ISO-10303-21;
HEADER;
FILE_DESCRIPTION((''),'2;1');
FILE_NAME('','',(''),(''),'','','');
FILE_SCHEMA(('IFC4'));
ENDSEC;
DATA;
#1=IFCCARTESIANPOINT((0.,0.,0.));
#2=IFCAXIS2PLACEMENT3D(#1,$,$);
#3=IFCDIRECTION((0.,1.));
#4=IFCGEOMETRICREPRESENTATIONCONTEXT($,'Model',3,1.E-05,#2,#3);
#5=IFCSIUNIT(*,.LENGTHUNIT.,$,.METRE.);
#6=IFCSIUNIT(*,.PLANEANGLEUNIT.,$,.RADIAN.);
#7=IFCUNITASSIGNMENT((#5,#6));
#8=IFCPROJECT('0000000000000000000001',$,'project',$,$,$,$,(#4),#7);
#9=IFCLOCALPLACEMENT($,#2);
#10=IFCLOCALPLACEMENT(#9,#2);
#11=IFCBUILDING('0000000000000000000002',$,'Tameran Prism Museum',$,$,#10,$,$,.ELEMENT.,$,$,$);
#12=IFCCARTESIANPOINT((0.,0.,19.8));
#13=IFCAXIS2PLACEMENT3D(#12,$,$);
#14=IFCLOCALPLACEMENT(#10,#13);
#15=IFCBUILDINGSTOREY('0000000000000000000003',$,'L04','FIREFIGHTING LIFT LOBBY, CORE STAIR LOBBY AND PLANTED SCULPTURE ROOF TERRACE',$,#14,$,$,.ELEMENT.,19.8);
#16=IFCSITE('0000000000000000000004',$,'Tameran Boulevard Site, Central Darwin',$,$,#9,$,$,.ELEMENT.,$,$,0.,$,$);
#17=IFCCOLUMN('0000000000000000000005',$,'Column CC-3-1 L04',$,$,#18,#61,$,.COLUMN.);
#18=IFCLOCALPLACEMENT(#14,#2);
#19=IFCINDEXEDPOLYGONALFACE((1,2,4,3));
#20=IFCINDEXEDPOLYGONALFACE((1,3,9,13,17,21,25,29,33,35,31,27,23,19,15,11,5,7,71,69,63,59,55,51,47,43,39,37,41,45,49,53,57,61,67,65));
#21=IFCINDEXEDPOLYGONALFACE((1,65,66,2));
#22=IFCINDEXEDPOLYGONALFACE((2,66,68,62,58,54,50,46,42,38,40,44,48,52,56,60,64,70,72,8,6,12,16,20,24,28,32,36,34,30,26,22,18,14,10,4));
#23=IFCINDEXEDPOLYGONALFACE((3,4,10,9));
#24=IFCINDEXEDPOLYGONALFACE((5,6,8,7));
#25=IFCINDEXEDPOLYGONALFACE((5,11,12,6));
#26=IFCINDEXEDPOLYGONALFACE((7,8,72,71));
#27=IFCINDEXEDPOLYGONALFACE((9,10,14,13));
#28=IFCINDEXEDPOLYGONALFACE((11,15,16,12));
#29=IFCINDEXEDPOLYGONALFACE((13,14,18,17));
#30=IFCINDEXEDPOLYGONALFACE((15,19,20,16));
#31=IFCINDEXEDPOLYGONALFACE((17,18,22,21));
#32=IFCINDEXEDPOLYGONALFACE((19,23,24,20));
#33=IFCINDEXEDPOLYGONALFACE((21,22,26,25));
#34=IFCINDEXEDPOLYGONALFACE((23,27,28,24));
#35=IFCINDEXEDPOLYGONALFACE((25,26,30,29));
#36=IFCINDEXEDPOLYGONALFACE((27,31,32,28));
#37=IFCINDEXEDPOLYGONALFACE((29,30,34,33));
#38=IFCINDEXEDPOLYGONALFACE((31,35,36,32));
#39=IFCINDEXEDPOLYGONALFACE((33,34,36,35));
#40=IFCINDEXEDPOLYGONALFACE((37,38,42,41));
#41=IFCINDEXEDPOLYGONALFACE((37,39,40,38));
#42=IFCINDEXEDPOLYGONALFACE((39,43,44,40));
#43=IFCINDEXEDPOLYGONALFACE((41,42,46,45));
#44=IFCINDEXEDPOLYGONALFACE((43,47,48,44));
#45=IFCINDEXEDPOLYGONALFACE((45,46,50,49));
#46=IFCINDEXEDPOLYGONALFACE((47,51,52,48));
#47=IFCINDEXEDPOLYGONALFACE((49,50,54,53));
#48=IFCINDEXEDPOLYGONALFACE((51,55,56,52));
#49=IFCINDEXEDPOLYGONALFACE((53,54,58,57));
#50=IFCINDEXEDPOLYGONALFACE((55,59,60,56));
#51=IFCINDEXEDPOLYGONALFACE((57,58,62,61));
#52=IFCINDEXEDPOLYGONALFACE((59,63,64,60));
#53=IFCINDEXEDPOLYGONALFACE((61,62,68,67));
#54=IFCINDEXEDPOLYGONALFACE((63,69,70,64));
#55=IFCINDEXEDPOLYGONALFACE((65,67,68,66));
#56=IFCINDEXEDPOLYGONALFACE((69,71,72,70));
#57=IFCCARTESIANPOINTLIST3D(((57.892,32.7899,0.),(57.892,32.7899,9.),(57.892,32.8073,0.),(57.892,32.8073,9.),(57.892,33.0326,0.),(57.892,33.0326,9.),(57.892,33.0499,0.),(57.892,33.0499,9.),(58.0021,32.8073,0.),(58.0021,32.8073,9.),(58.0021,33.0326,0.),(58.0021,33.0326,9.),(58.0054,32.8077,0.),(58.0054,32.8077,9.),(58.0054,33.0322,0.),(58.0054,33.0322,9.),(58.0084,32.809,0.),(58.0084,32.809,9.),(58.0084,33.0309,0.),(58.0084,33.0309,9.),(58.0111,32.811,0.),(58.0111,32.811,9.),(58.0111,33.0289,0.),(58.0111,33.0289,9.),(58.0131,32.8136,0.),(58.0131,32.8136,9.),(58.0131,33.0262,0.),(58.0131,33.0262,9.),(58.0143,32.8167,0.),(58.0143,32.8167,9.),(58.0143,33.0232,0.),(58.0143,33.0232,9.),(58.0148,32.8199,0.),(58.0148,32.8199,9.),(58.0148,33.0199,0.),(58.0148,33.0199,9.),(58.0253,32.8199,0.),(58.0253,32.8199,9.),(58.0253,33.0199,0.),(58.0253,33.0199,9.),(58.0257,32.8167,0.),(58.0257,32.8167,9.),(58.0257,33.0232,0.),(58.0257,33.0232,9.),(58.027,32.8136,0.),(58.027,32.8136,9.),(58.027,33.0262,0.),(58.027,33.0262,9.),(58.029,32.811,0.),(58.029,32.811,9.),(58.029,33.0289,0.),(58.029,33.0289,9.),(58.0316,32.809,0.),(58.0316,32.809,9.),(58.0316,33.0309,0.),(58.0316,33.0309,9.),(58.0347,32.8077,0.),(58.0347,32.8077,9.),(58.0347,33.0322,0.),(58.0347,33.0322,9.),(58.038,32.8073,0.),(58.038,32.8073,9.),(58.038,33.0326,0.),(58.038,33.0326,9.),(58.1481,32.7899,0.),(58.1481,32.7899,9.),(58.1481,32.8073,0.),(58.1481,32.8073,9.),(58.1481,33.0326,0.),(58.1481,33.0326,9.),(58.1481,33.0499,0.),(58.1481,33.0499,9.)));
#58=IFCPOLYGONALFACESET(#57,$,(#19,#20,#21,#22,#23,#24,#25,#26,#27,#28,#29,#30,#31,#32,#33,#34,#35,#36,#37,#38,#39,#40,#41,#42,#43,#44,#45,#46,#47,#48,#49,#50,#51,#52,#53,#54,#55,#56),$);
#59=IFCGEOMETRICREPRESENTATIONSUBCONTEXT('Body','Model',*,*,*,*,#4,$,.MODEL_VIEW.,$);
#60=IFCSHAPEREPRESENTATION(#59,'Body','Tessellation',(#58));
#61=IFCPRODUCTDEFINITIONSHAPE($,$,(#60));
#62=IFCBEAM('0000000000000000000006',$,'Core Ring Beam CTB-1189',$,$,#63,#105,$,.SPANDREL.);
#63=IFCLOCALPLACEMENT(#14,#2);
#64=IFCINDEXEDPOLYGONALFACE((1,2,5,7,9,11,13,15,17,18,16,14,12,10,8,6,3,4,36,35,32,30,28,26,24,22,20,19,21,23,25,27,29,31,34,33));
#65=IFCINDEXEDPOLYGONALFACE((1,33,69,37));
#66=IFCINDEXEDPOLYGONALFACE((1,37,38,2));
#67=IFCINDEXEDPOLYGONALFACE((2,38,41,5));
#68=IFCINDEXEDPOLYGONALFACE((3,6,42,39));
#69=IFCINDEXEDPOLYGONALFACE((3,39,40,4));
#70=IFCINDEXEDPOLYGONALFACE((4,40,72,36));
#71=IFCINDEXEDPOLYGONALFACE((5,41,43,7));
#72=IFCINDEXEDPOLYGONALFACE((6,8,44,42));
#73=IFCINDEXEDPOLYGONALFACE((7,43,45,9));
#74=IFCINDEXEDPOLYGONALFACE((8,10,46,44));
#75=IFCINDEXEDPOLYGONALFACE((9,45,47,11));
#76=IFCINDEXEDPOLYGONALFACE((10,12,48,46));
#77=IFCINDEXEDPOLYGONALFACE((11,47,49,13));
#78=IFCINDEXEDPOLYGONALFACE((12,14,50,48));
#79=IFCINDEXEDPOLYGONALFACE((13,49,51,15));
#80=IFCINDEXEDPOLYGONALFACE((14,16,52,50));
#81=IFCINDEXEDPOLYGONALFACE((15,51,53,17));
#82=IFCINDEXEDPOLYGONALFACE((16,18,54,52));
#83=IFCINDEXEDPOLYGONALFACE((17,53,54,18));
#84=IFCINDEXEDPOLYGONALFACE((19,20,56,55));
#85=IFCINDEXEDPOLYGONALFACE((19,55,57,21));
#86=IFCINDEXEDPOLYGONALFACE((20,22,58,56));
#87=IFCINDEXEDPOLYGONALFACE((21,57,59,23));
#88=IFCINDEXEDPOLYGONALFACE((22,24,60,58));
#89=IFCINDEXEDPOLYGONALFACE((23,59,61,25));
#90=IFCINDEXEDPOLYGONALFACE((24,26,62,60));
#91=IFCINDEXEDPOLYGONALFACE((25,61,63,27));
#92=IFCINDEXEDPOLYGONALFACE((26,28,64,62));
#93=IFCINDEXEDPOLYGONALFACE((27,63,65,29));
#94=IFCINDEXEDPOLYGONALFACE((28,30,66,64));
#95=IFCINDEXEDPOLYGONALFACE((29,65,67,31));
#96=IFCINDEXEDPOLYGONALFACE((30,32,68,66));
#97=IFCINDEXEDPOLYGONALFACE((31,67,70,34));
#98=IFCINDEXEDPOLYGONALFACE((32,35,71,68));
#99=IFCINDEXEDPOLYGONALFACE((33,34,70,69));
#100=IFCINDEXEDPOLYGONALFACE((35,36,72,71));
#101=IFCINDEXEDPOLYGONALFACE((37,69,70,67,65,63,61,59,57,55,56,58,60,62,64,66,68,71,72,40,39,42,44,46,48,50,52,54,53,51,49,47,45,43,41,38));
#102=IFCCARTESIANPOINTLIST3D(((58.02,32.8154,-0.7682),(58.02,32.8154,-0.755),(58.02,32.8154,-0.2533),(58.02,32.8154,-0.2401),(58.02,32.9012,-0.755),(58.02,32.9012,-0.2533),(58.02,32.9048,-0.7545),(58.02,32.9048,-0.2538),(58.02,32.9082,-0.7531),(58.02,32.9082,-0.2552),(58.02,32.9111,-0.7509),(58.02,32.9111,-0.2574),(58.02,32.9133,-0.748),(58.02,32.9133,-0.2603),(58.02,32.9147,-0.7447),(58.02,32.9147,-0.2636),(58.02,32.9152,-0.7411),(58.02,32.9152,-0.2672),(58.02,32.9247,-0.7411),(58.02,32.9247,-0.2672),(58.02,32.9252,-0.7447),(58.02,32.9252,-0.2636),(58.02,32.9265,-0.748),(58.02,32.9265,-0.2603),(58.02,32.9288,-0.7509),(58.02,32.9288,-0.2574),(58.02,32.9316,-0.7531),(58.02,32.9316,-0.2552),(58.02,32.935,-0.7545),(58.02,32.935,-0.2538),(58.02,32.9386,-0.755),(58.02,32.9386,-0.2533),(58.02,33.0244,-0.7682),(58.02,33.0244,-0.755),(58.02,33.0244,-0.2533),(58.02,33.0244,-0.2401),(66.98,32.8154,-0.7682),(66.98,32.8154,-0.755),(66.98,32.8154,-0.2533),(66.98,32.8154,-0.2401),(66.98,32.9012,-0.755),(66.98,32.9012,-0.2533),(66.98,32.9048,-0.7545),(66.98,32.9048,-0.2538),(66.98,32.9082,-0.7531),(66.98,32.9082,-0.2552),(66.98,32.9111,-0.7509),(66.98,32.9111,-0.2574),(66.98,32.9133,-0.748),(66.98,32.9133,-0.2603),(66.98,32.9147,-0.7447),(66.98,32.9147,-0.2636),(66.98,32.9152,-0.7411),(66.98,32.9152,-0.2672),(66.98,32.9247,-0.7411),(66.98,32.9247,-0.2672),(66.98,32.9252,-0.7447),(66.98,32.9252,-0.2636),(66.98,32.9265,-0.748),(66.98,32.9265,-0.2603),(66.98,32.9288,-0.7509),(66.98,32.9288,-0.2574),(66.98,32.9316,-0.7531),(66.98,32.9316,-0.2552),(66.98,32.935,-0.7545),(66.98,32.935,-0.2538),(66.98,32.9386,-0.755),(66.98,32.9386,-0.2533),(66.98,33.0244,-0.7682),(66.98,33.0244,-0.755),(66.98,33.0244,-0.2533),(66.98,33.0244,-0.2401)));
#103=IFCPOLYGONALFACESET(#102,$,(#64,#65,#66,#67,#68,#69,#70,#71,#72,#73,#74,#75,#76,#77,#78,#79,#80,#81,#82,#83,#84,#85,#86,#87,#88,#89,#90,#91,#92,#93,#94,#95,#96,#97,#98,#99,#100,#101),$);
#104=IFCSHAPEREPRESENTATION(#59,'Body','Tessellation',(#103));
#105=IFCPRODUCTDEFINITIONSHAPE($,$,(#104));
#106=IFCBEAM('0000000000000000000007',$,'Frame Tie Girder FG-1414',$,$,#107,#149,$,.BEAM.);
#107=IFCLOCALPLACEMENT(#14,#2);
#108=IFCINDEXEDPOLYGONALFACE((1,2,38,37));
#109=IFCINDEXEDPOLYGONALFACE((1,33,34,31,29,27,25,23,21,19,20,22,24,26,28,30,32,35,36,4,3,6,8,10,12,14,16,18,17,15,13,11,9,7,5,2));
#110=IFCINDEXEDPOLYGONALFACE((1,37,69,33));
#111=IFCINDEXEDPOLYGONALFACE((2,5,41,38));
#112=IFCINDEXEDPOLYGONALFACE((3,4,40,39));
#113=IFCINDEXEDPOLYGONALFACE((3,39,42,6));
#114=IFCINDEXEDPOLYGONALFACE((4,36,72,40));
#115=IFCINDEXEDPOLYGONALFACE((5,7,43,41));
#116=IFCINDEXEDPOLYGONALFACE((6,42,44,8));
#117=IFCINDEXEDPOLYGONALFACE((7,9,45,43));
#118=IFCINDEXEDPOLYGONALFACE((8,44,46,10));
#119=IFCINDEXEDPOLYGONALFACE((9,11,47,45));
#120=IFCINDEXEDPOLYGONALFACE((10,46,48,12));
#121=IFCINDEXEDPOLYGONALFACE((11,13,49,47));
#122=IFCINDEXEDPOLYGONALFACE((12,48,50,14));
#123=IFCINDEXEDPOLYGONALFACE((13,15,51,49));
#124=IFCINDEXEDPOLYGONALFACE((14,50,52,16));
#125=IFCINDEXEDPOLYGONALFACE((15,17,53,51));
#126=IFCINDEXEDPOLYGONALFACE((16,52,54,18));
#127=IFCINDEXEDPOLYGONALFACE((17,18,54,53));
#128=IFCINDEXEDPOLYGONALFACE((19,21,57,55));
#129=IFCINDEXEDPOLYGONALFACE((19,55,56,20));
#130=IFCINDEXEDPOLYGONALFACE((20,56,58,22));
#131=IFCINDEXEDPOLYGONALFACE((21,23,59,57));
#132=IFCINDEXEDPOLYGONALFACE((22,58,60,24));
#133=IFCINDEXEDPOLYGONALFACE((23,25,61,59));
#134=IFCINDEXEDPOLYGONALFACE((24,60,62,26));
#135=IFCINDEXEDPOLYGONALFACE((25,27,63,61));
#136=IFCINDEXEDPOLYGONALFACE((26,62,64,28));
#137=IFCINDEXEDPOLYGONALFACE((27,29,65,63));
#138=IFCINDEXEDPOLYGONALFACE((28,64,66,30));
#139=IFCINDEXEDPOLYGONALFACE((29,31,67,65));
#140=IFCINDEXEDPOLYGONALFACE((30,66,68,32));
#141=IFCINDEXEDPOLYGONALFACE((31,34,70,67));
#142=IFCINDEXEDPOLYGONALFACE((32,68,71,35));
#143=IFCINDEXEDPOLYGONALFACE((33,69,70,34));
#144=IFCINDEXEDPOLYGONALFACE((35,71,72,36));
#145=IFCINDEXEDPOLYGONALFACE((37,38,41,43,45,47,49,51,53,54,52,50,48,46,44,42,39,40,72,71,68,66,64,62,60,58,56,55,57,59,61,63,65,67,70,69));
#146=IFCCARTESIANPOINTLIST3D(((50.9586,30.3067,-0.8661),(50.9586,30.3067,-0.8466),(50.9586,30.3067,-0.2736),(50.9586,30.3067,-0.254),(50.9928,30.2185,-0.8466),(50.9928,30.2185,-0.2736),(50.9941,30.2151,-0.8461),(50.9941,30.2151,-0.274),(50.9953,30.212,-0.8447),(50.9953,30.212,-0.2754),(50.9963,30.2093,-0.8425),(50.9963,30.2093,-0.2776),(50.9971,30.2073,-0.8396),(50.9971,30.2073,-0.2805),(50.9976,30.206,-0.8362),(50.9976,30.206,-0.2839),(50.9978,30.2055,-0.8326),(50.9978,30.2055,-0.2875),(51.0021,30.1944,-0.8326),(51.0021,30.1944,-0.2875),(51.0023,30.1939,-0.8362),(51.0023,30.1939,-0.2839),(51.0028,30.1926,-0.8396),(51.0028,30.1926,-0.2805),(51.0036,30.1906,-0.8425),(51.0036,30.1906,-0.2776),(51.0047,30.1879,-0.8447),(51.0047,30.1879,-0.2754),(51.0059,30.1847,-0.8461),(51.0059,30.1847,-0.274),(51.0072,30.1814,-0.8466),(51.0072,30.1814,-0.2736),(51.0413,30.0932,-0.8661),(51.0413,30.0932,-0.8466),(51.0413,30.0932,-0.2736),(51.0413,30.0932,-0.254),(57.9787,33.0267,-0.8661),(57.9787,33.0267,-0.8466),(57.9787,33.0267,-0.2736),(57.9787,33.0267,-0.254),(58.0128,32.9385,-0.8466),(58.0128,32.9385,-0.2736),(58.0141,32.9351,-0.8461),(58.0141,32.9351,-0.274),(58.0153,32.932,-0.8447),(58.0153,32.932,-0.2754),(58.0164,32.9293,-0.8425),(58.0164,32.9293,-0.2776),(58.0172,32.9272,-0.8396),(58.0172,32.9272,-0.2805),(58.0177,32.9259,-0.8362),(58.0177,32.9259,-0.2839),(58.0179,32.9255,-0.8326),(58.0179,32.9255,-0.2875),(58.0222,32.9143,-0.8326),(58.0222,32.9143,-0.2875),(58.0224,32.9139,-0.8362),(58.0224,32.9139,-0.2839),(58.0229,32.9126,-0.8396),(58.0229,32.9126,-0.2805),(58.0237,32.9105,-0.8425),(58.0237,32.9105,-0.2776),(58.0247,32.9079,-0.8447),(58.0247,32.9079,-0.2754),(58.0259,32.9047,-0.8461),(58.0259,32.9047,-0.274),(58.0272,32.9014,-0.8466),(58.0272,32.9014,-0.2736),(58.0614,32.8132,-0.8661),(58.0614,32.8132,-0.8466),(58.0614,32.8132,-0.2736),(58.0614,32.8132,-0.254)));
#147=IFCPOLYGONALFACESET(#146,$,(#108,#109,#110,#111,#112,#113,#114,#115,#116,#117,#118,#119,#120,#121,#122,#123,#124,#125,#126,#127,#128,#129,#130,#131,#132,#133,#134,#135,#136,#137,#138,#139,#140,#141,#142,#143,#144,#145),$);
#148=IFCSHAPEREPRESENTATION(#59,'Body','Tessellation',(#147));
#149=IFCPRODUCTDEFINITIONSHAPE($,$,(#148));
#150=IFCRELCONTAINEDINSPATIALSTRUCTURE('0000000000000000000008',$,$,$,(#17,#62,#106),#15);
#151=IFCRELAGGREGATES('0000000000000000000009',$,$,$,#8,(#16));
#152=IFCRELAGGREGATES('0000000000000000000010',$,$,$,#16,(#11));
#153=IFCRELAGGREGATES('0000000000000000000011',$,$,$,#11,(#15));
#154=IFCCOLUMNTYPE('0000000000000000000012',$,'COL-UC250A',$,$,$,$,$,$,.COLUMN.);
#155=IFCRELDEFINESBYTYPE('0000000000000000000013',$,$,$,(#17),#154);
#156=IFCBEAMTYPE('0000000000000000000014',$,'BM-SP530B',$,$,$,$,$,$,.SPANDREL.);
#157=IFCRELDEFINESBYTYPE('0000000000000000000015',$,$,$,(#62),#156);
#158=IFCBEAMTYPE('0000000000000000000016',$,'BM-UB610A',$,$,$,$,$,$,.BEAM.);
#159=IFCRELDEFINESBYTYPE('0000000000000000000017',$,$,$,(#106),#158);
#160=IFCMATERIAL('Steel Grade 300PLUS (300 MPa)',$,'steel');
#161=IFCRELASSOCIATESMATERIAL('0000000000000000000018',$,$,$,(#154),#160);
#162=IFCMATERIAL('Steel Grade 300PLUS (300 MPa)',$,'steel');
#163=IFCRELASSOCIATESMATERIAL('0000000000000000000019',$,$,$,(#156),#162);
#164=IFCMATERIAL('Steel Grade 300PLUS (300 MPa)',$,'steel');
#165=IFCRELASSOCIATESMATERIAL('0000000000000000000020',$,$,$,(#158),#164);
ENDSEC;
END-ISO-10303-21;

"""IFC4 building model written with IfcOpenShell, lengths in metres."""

from ifc_helpers import new_model, si_unit, direction, frame, origin, origin_2d, place, context, subcontext, project, spatial, i_section, extrude, material, material_profile, profile_set, type_object, element, save


model = new_model("IFC4")

# Units and contexts
model_context = context("Model", 3, precision=1e-05, world=origin(), true_north=direction((0.0, 1.0)))
body_context = subcontext(model_context, "Body", "Model", "MODEL_VIEW")
ifc_project = project(units=[si_unit("LENGTHUNIT", "METRE"), si_unit("PLANEANGLEUNIT", "RADIAN")], contexts=[model_context])

# Site, building, storey
site_placement = place(None, origin())
site = spatial("IfcSite", under=ifc_project, at=site_placement, Name="Tameran Boulevard Site, Central Darwin", CompositionType="ELEMENT", RefElevation=0.0)
building_placement = place(site_placement, origin())
building = spatial("IfcBuilding", under=site, at=building_placement, Name="Tameran Prism Museum", CompositionType="ELEMENT")
storey_placement = place(building_placement, frame((0.0, 0.0, 19.8)))
storey = spatial("IfcBuildingStorey", under=building, at=storey_placement, Name="L04", Description="FIREFIGHTING LIFT LOBBY, CORE STAIR LOBBY AND PLANTED SCULPTURE ROOF TERRACE", CompositionType="ELEMENT", Elevation=19.8)

# Column
ifc_material_1 = material(Name="Steel Grade 300PLUS (300 MPa)", Category="steel")
ifc_material_profile_1 = material_profile(ifc_material_1, i_section(OverallWidth=0.2561, OverallDepth=0.26, WebThickness=0.0105, FlangeThickness=0.0173, FilletRadius=0.0127, at=origin_2d()))
ifc_profile_set_1 = profile_set([ifc_material_profile_1])
column_type = type_object("IfcColumnType", Name="COL-UC250A", PredefinedType="COLUMN", material=ifc_profile_set_1)
column_placement = place(storey_placement, frame((58.02, 32.9199, 0.0), z_axis=(0.0, 0.0, 1.0), x_axis=(1.0, 0.0, 0.0)))
element("IfcColumn", 1, at=column_placement, inside=storey, type_object=column_type, Name="Column CC-3-1 L04", PredefinedType="COLUMN", context=body_context, shape_type="SweptSolid", body=[
    extrude(i_section(OverallWidth=0.2561, OverallDepth=0.26, WebThickness=0.0105, FlangeThickness=0.0173, FilletRadius=0.0127, at=origin_2d()), origin(), (0.0, 0.0, 1.0), 9.0),
])

# Beams
ifc_material_2 = material(Name="Steel Grade 300PLUS (300 MPa)", Category="steel")
ifc_material_profile_2 = material_profile(ifc_material_2, i_section(OverallWidth=0.209, OverallDepth=0.5281, WebThickness=0.0095, FlangeThickness=0.0132, FilletRadius=0.0139, at=origin_2d()))
ifc_profile_set_2 = profile_set([ifc_material_profile_2])
beam_type_1 = type_object("IfcBeamType", Name="BM-SP530B", PredefinedType="SPANDREL", material=ifc_profile_set_2)
beam_1_placement = place(storey_placement, frame((58.02, 32.9199, -0.5042), z_axis=(1.0, 0.0, 0.0), x_axis=(0.0, 1.0, 0.0)))
element("IfcBeam", 2, at=beam_1_placement, inside=storey, type_object=beam_type_1, Name="Core Ring Beam CTB-1189", PredefinedType="SPANDREL", context=body_context, shape_type="SweptSolid", body=[
    extrude(i_section(OverallWidth=0.209, OverallDepth=0.5281, WebThickness=0.0095, FlangeThickness=0.0132, FilletRadius=0.0139, at=origin_2d()), origin(), (0.0, 0.0, 1.0), 8.96),
])
ifc_material_3 = material(Name="Steel Grade 300PLUS (300 MPa)", Category="steel")
ifc_material_profile_3 = material_profile(ifc_material_3, i_section(OverallWidth=0.229, OverallDepth=0.6121, WebThickness=0.012, FlangeThickness=0.0195, FilletRadius=0.0139, at=origin_2d()))
ifc_profile_set_3 = profile_set([ifc_material_profile_3])
beam_type_2 = type_object("IfcBeamType", Name="BM-UB610A", PredefinedType="BEAM", material=ifc_profile_set_3)
beam_2_placement = place(storey_placement, frame((58.02, 32.9199, -0.5601), z_axis=(-0.932454, -0.361288, 0.0), x_axis=(0.361288, -0.932454, 0.0)))
element("IfcBeam", 3, at=beam_2_placement, inside=storey, type_object=beam_type_2, Name="Frame Tie Girder FG-1414", PredefinedType="BEAM", context=body_context, shape_type="SweptSolid", body=[
    extrude(i_section(OverallWidth=0.229, OverallDepth=0.6121, WebThickness=0.012, FlangeThickness=0.0195, FilletRadius=0.0139, at=origin_2d()), origin(), (0.0, 0.0, 1.0), 7.5286),
])

save(model, "model.ifc")
